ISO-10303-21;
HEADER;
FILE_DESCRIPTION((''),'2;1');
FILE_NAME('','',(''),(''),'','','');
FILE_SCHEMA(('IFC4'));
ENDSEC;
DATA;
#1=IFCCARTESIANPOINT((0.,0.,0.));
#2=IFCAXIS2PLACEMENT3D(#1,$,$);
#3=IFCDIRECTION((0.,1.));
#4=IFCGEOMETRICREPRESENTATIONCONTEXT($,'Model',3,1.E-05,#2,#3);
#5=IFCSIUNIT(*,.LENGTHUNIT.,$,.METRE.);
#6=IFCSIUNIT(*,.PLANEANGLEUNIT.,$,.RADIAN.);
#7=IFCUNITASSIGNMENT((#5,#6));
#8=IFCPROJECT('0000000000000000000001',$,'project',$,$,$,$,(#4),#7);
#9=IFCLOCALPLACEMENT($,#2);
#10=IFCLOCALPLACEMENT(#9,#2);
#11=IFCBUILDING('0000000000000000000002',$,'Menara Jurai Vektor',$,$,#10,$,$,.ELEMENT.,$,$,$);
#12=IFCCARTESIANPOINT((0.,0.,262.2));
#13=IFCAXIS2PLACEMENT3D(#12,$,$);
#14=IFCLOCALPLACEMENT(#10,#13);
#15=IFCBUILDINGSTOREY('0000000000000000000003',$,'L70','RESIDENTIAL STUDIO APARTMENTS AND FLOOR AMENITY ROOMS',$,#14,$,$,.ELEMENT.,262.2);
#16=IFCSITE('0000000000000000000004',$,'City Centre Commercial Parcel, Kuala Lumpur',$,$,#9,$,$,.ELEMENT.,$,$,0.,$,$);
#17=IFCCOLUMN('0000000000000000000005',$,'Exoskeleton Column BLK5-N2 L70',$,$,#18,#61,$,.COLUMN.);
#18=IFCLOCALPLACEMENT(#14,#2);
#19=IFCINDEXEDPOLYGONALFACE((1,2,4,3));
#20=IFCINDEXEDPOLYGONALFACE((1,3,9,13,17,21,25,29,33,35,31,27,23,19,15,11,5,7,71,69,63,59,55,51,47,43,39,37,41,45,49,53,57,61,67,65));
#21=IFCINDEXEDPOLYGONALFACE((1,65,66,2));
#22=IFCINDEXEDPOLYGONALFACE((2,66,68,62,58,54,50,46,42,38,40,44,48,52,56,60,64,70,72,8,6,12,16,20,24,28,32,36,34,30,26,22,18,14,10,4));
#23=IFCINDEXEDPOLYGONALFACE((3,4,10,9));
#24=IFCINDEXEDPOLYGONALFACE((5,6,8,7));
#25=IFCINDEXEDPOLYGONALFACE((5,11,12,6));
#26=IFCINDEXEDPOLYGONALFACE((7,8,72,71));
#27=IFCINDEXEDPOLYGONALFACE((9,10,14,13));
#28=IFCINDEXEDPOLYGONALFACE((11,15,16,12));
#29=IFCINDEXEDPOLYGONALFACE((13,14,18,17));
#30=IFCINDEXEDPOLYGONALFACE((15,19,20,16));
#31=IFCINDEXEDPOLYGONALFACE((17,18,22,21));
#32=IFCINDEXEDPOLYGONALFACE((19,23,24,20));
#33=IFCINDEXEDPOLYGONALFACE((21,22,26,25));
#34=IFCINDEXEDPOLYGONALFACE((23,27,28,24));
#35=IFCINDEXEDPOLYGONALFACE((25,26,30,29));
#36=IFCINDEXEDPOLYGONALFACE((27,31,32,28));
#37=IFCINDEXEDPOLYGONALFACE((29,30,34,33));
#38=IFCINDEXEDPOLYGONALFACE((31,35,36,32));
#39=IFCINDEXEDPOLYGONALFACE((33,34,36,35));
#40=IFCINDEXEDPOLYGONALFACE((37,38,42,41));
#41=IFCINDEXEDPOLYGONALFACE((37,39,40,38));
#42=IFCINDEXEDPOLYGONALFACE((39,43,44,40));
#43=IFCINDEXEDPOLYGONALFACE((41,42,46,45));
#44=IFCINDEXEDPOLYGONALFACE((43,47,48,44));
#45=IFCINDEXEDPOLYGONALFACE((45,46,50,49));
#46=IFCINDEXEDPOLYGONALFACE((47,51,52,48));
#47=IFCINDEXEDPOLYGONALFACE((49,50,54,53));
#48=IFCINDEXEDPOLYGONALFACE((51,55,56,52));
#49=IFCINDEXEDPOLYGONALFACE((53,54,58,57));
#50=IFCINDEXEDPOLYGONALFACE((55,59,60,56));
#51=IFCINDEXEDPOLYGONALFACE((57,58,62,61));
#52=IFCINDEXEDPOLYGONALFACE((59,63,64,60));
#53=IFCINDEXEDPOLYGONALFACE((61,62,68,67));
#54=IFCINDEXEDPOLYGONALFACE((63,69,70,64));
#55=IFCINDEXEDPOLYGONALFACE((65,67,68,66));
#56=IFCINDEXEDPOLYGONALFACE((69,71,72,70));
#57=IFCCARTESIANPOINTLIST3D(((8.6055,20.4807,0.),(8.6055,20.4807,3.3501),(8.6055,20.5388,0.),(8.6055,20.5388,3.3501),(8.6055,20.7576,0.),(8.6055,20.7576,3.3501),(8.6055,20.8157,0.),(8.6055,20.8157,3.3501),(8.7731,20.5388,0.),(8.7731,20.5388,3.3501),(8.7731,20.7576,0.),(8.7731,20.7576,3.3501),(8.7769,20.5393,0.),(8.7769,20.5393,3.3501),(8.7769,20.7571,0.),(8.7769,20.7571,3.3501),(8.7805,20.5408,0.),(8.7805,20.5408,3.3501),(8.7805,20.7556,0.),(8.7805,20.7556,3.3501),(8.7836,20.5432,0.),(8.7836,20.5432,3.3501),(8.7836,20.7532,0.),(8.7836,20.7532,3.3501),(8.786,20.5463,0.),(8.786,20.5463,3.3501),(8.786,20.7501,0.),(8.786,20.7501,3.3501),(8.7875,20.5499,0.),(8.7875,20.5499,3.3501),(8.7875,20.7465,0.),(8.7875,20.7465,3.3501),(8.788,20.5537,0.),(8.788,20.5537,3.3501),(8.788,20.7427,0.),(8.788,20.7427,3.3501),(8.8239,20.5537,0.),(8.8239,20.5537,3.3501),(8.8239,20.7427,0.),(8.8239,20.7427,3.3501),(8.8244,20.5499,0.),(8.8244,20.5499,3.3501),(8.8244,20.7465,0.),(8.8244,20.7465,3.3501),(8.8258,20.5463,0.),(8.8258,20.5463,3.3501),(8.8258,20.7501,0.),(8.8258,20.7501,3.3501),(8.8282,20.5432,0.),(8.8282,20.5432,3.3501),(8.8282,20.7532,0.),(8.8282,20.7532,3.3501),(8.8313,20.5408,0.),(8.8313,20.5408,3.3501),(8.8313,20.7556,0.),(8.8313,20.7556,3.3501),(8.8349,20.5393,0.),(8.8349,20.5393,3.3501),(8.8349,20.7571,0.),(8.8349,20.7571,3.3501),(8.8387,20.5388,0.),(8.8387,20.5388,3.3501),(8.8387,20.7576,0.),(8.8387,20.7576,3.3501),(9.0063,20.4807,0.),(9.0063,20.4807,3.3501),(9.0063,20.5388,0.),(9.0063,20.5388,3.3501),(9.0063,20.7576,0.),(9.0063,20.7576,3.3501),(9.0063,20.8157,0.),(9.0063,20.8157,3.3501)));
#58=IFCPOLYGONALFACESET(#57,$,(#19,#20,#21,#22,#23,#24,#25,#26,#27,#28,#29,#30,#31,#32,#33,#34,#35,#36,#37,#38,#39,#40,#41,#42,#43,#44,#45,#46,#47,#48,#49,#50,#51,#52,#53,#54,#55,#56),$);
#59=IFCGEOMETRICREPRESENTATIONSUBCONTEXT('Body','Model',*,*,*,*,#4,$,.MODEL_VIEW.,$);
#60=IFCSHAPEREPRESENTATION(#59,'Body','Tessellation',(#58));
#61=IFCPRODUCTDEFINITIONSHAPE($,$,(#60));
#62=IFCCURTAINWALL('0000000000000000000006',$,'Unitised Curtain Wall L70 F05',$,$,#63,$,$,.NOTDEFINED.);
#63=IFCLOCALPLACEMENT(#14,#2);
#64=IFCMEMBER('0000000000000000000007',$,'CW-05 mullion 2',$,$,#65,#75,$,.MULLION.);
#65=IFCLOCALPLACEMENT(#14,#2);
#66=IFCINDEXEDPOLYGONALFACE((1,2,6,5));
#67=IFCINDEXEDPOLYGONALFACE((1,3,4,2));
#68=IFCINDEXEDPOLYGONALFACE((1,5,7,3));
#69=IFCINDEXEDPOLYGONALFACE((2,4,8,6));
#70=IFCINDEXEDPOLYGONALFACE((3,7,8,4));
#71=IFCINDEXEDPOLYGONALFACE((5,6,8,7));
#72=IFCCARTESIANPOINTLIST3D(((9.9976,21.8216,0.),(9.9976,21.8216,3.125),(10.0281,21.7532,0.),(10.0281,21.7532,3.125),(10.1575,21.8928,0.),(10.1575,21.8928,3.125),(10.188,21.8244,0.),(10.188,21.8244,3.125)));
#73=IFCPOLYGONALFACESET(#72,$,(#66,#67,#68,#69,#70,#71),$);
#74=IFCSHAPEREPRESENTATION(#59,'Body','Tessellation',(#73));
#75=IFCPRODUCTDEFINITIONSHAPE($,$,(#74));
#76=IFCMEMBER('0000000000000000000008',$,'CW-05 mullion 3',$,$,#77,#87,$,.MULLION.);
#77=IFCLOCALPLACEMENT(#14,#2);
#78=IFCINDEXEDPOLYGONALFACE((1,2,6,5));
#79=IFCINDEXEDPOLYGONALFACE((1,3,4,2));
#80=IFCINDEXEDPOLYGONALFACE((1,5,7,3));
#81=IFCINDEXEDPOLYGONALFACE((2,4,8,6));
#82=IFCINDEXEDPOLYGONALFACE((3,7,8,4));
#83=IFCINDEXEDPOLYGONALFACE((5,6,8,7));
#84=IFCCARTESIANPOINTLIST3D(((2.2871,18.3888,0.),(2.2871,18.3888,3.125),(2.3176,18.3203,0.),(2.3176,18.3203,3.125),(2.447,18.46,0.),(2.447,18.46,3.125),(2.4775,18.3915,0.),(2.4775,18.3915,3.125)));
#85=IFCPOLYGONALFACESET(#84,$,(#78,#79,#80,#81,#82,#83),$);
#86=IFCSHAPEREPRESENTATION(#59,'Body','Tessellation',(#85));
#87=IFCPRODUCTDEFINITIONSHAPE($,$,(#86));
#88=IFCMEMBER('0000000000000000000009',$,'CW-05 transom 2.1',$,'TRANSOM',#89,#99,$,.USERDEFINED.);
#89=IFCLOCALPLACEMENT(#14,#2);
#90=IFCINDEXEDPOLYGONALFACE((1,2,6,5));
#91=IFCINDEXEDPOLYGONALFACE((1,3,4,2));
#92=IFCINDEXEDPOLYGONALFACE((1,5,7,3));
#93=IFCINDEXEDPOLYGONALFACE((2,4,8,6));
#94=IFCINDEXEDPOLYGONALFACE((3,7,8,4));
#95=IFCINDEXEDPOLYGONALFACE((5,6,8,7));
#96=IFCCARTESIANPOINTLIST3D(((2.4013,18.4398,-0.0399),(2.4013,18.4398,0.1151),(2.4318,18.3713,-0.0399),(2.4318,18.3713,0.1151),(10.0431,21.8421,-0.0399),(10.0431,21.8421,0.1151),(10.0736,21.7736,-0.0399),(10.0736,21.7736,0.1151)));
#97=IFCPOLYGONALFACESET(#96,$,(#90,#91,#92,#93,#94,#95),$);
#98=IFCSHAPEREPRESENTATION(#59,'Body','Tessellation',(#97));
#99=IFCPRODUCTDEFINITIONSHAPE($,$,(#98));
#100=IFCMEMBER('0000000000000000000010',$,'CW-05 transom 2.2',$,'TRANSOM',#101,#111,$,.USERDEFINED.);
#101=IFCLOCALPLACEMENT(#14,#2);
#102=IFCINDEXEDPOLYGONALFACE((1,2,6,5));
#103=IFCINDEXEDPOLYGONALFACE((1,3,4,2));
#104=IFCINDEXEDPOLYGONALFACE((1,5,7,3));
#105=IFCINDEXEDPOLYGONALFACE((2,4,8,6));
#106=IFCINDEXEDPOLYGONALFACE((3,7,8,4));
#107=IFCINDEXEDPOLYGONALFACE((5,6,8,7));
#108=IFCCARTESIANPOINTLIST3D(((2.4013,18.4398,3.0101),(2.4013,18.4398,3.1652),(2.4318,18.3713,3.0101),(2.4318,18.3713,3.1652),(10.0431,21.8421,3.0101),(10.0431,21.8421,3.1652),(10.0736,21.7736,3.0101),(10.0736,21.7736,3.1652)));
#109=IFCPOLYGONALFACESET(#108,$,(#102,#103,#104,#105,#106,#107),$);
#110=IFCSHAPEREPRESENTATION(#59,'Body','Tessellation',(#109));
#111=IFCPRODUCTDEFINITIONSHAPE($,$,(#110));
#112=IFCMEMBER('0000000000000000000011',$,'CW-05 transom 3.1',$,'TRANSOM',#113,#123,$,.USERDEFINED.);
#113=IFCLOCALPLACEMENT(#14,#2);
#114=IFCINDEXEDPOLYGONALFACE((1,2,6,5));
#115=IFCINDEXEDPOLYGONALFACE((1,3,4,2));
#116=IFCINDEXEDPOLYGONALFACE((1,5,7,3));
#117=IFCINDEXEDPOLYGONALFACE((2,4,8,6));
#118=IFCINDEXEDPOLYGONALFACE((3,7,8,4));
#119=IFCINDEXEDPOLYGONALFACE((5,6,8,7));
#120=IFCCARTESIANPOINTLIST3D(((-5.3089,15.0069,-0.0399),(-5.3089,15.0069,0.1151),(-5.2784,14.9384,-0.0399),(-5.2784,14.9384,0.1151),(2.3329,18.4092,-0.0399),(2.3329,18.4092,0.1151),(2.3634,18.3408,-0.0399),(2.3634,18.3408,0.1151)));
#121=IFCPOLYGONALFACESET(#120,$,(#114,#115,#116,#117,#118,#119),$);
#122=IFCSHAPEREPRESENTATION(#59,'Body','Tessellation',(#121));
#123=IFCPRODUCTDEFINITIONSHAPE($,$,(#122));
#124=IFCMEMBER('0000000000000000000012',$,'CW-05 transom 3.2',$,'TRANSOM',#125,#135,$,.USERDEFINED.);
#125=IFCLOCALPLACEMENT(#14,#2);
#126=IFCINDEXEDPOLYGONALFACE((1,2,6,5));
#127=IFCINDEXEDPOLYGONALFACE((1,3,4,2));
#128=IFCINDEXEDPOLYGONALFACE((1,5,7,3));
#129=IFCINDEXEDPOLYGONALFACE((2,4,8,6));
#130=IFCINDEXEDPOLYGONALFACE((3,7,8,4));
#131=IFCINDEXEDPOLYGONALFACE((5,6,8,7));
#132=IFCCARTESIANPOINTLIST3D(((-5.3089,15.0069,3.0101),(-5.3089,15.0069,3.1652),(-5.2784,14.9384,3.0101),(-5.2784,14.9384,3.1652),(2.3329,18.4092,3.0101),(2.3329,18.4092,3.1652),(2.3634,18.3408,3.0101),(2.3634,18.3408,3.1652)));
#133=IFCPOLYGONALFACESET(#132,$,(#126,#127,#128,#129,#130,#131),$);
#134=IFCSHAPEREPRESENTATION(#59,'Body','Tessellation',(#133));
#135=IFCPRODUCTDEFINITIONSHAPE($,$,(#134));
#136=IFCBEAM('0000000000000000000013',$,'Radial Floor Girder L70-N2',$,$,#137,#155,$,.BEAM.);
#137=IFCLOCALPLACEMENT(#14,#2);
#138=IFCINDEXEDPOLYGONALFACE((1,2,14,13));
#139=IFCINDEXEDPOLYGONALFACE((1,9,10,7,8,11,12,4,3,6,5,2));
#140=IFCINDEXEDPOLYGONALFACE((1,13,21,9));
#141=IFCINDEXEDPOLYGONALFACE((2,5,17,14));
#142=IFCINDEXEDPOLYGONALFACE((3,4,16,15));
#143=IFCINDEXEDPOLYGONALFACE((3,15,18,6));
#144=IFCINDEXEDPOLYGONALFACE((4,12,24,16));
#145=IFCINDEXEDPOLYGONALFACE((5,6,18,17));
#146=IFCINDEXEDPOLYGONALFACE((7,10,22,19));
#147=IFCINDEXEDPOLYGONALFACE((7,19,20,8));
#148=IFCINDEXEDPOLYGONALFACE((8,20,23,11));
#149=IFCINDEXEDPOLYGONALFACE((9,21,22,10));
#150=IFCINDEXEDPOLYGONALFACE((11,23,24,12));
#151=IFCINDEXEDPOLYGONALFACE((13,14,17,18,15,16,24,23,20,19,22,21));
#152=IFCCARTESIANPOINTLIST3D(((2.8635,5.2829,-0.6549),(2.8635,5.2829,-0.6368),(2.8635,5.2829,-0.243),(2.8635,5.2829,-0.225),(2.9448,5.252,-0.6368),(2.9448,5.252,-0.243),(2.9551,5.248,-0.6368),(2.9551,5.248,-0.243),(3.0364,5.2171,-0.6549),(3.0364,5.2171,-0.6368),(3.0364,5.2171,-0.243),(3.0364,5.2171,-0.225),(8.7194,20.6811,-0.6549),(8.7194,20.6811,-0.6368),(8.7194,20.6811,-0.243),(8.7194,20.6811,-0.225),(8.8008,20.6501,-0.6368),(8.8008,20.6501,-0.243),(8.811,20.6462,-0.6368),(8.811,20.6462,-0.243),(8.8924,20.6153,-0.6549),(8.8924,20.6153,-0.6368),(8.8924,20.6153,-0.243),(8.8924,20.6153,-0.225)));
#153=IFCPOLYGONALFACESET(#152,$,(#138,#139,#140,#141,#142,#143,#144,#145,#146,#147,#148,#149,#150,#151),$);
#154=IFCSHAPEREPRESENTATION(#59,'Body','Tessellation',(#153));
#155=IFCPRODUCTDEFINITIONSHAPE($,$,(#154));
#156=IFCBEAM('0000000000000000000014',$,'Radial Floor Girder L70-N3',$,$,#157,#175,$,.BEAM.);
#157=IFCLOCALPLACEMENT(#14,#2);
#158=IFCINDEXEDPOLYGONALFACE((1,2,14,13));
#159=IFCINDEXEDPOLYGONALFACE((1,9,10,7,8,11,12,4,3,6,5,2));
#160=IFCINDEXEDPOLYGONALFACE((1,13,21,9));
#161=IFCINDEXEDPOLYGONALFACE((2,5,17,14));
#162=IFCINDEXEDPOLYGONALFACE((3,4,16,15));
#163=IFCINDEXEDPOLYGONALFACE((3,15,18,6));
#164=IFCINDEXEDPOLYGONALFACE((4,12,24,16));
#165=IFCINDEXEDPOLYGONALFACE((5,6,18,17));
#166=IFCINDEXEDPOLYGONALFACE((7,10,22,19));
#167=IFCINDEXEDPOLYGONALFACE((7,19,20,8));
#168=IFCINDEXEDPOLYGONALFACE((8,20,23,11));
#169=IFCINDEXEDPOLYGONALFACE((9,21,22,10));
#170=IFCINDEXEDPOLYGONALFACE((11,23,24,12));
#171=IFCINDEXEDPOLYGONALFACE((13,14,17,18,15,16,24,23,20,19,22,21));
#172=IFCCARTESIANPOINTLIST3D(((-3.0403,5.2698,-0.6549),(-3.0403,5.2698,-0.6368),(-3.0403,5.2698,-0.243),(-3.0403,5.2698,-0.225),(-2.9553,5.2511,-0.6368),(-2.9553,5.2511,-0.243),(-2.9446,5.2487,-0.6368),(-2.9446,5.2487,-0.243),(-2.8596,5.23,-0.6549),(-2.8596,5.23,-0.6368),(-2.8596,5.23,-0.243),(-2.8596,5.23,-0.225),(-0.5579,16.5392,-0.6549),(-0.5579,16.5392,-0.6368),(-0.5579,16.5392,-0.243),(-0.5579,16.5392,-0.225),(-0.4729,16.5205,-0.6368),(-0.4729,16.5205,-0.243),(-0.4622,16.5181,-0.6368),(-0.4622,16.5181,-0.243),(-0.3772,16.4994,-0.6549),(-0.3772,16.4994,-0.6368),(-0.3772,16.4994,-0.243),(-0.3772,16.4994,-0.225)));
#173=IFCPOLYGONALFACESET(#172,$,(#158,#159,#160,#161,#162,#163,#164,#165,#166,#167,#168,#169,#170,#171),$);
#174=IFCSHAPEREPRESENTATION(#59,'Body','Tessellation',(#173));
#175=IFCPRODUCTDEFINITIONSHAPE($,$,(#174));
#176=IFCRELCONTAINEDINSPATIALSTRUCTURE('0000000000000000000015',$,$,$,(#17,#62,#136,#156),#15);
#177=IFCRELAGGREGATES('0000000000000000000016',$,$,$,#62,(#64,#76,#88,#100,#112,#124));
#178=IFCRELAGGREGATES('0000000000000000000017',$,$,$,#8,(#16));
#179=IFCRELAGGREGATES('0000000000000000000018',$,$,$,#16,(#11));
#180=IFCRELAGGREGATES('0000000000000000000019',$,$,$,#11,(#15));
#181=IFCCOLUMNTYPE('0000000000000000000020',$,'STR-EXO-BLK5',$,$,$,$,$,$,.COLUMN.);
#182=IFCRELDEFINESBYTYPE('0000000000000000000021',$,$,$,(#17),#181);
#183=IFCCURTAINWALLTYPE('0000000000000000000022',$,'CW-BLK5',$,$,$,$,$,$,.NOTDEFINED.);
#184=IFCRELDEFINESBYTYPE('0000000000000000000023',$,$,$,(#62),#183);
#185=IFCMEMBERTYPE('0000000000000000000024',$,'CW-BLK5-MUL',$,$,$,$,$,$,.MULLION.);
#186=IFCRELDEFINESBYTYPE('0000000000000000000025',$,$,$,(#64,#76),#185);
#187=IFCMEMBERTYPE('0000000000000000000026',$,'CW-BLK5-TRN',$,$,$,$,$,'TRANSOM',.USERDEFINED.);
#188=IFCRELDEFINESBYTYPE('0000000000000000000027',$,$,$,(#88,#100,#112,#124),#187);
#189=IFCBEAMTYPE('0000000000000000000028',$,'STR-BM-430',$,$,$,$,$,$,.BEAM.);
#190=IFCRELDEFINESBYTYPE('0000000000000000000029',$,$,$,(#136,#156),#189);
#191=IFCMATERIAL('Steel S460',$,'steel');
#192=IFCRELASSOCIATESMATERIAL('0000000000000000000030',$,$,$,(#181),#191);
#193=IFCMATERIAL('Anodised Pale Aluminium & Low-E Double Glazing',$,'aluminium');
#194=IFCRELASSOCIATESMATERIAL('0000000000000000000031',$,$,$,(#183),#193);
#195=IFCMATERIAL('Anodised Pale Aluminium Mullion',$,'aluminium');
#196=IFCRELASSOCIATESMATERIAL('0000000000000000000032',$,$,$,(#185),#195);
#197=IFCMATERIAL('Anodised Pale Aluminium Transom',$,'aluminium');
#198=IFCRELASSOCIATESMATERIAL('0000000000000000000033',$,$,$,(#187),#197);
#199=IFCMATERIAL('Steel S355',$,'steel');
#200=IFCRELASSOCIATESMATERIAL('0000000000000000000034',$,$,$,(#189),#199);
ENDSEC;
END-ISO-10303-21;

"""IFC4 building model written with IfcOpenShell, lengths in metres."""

from ifc_helpers import new_model, si_unit, direction, frame, origin, origin_2d, place, context, subcontext, project, spatial, rectangle, i_section, extrude, material, material_profile, profile_set, type_object, element, aggregate, save


model = new_model("IFC4")

# Units and contexts
model_context = context("Model", 3, precision=1e-05, world=origin(), true_north=direction((0.0, 1.0)))
body_context = subcontext(model_context, "Body", "Model", "MODEL_VIEW")
ifc_project = project(units=[si_unit("LENGTHUNIT", "METRE"), si_unit("PLANEANGLEUNIT", "RADIAN")], contexts=[model_context])

# Site, building, storey
site_placement = place(None, origin())
site = spatial("IfcSite", under=ifc_project, at=site_placement, Name="City Centre Commercial Parcel, Kuala Lumpur", CompositionType="ELEMENT", RefElevation=0.0)
building_placement = place(site_placement, origin())
building = spatial("IfcBuilding", under=site, at=building_placement, Name="Menara Jurai Vektor", CompositionType="ELEMENT")
storey_placement = place(building_placement, frame((0.0, 0.0, 262.2)))
storey = spatial("IfcBuildingStorey", under=building, at=storey_placement, Name="L70", Description="RESIDENTIAL STUDIO APARTMENTS AND FLOOR AMENITY ROOMS", CompositionType="ELEMENT", Elevation=262.2)

# Column
ifc_material_1 = material(Name="Steel S460", Category="steel")
ifc_material_profile_1 = material_profile(ifc_material_1, i_section(OverallWidth=0.4009, OverallDepth=0.335, WebThickness=0.0359, FlangeThickness=0.0581, FilletRadius=0.0149, at=origin_2d()), Name="HD 400x463")
ifc_profile_set_1 = profile_set([ifc_material_profile_1], Name="Steel S460")
column_type = type_object("IfcColumnType", Name="STR-EXO-BLK5", PredefinedType="COLUMN", material=ifc_profile_set_1)
column_placement = place(storey_placement, frame((8.8059, 20.6482, 0.0), z_axis=(0.0, 0.0, 1.0), x_axis=(1.0, 0.0, 0.0)))
element("IfcColumn", 1, at=column_placement, inside=storey, type_object=column_type, Name="Exoskeleton Column BLK5-N2 L70", PredefinedType="COLUMN", context=body_context, shape_type="SweptSolid", body=[
    extrude(i_section(OverallWidth=0.4009, OverallDepth=0.335, WebThickness=0.0359, FlangeThickness=0.0581, FilletRadius=0.0149, at=origin_2d()), origin(), (0.0, 0.0, 1.0), 3.3501),
])

# Curtain wall, members
ifc_material_2 = material(Name="Anodised Pale Aluminium & Low-E Double Glazing", Category="aluminium")
curtain_wall_type = type_object("IfcCurtainWallType", Name="CW-BLK5", PredefinedType="NOTDEFINED", material=ifc_material_2)
curtain_wall_placement = place(storey_placement, origin())
curtain_wall = element("IfcCurtainWall", 2, at=curtain_wall_placement, inside=storey, type_object=curtain_wall_type, Name="Unitised Curtain Wall L70 F05", PredefinedType="NOTDEFINED")
ifc_material_3 = material(Name="Anodised Pale Aluminium Mullion", Category="aluminium")
ifc_material_profile_2 = material_profile(ifc_material_3, rectangle(XDim=0.075, YDim=0.175, at=origin_2d()), Name="ALU MUL 75x175")
ifc_profile_set_2 = profile_set([ifc_material_profile_2], Name="Anodised Pale Aluminium Mullion")
member_type_1 = type_object("IfcMemberType", Name="CW-BLK5-MUL", PredefinedType="MULLION", material=ifc_profile_set_2)
member_1_placement = place(storey_placement, frame((10.0928, 21.823, 0.0), z_axis=(0.0, 0.0, 1.0), x_axis=(0.406735, -0.913546, 0.0)))
member_1 = element("IfcMember", 3, at=member_1_placement, type_object=member_type_1, Name="CW-05 mullion 2", PredefinedType="MULLION", context=body_context, shape_type="SweptSolid", body=[
    extrude(rectangle(XDim=0.075, YDim=0.175, at=origin_2d()), origin(), (0.0, 0.0, 1.0), 3.125),
])
member_2_placement = place(storey_placement, frame((2.3823, 18.3901, 0.0), z_axis=(0.0, 0.0, 1.0), x_axis=(0.406735, -0.913546, 0.0)))
member_2 = element("IfcMember", 4, at=member_2_placement, type_object=member_type_1, Name="CW-05 mullion 3", PredefinedType="MULLION", context=body_context, shape_type="SweptSolid", body=[
    extrude(rectangle(XDim=0.075, YDim=0.175, at=origin_2d()), origin(), (0.0, 0.0, 1.0), 3.125),
])
ifc_material_4 = material(Name="Anodised Pale Aluminium Transom", Category="aluminium")
ifc_material_profile_3 = material_profile(ifc_material_4, rectangle(XDim=0.075, YDim=0.155, at=origin_2d()), Name="ALU TRN 75x155")
ifc_profile_set_3 = profile_set([ifc_material_profile_3], Name="Anodised Pale Aluminium Transom")
member_type_2 = type_object("IfcMemberType", Name="CW-BLK5-TRN", ElementType="TRANSOM", PredefinedType="USERDEFINED", material=ifc_profile_set_3)
member_3_placement = place(storey_placement, frame((10.0583, 21.8079, 0.0376), z_axis=(-0.913547, -0.406734, 0.0), x_axis=(0.406734, -0.913547, 0.0)))
member_3 = element("IfcMember", 5, at=member_3_placement, type_object=member_type_2, Name="CW-05 transom 2.1", ObjectType="TRANSOM", PredefinedType="USERDEFINED", context=body_context, shape_type="SweptSolid", body=[
    extrude(rectangle(XDim=0.075, YDim=0.155, at=origin_2d()), origin(), (0.0, 0.0, 1.0), 8.365),
])
member_4_placement = place(storey_placement, frame((10.0583, 21.8079, 3.0876), z_axis=(-0.913547, -0.406734, 0.0), x_axis=(0.406734, -0.913547, 0.0)))
member_4 = element("IfcMember", 6, at=member_4_placement, type_object=member_type_2, Name="CW-05 transom 2.2", ObjectType="TRANSOM", PredefinedType="USERDEFINED", context=body_context, shape_type="SweptSolid", body=[
    extrude(rectangle(XDim=0.075, YDim=0.155, at=origin_2d()), origin(), (0.0, 0.0, 1.0), 8.365),
])
member_5_placement = place(storey_placement, frame((2.3481, 18.375, 0.0376), z_axis=(-0.913547, -0.406734, 0.0), x_axis=(0.406734, -0.913547, 0.0)))
member_5 = element("IfcMember", 7, at=member_5_placement, type_object=member_type_2, Name="CW-05 transom 3.1", ObjectType="TRANSOM", PredefinedType="USERDEFINED", context=body_context, shape_type="SweptSolid", body=[
    extrude(rectangle(XDim=0.075, YDim=0.155, at=origin_2d()), origin(), (0.0, 0.0, 1.0), 8.365),
])
member_6_placement = place(storey_placement, frame((2.3481, 18.375, 3.0876), z_axis=(-0.913547, -0.406734, 0.0), x_axis=(0.406734, -0.913547, 0.0)))
member_6 = element("IfcMember", 8, at=member_6_placement, type_object=member_type_2, Name="CW-05 transom 3.2", ObjectType="TRANSOM", PredefinedType="USERDEFINED", context=body_context, shape_type="SweptSolid", body=[
    extrude(rectangle(XDim=0.075, YDim=0.155, at=origin_2d()), origin(), (0.0, 0.0, 1.0), 8.365),
])

# Beams
ifc_material_5 = material(Name="Steel S355", Category="steel")
ifc_material_profile_4 = material_profile(ifc_material_5, i_section(OverallWidth=0.1851, OverallDepth=0.4299, WebThickness=0.011, FlangeThickness=0.0181, at=origin_2d()), Name="PG 430x185x76")
ifc_profile_set_4 = profile_set([ifc_material_profile_4], Name="Steel S355")
beam_type_1 = type_object("IfcBeamType", Name="STR-BM-430", PredefinedType="BEAM", material=ifc_profile_set_4)
beam_1_placement = place(storey_placement, frame((8.8059, 20.6482, -0.4399), z_axis=(-0.355464, -0.93469, 0.0), x_axis=(0.93469, -0.355464, 0.0)))
element("IfcBeam", 9, at=beam_1_placement, inside=storey, type_object=beam_type_1, Name="Radial Floor Girder L70-N2", PredefinedType="BEAM", context=body_context, shape_type="SweptSolid", body=[
    extrude(i_section(OverallWidth=0.1851, OverallDepth=0.4299, WebThickness=0.011, FlangeThickness=0.0181, at=origin_2d()), origin(), (0.0, 0.0, 1.0), 16.4741),
])
beam_2_placement = place(storey_placement, frame((-0.4675, 16.5193, -0.4399), z_axis=(-0.215125, -0.976587, 0.0), x_axis=(0.976587, -0.215125, 0.0)))
element("IfcBeam", 10, at=beam_2_placement, inside=storey, type_object=beam_type_1, Name="Radial Floor Girder L70-N3", PredefinedType="BEAM", context=body_context, shape_type="SweptSolid", body=[
    extrude(i_section(OverallWidth=0.1851, OverallDepth=0.4299, WebThickness=0.011, FlangeThickness=0.0181, at=origin_2d()), origin(), (0.0, 0.0, 1.0), 11.5396),
])

aggregate(curtain_wall, [member_1, member_2, member_3, member_4, member_5, member_6])

save(model, "model.ifc")
